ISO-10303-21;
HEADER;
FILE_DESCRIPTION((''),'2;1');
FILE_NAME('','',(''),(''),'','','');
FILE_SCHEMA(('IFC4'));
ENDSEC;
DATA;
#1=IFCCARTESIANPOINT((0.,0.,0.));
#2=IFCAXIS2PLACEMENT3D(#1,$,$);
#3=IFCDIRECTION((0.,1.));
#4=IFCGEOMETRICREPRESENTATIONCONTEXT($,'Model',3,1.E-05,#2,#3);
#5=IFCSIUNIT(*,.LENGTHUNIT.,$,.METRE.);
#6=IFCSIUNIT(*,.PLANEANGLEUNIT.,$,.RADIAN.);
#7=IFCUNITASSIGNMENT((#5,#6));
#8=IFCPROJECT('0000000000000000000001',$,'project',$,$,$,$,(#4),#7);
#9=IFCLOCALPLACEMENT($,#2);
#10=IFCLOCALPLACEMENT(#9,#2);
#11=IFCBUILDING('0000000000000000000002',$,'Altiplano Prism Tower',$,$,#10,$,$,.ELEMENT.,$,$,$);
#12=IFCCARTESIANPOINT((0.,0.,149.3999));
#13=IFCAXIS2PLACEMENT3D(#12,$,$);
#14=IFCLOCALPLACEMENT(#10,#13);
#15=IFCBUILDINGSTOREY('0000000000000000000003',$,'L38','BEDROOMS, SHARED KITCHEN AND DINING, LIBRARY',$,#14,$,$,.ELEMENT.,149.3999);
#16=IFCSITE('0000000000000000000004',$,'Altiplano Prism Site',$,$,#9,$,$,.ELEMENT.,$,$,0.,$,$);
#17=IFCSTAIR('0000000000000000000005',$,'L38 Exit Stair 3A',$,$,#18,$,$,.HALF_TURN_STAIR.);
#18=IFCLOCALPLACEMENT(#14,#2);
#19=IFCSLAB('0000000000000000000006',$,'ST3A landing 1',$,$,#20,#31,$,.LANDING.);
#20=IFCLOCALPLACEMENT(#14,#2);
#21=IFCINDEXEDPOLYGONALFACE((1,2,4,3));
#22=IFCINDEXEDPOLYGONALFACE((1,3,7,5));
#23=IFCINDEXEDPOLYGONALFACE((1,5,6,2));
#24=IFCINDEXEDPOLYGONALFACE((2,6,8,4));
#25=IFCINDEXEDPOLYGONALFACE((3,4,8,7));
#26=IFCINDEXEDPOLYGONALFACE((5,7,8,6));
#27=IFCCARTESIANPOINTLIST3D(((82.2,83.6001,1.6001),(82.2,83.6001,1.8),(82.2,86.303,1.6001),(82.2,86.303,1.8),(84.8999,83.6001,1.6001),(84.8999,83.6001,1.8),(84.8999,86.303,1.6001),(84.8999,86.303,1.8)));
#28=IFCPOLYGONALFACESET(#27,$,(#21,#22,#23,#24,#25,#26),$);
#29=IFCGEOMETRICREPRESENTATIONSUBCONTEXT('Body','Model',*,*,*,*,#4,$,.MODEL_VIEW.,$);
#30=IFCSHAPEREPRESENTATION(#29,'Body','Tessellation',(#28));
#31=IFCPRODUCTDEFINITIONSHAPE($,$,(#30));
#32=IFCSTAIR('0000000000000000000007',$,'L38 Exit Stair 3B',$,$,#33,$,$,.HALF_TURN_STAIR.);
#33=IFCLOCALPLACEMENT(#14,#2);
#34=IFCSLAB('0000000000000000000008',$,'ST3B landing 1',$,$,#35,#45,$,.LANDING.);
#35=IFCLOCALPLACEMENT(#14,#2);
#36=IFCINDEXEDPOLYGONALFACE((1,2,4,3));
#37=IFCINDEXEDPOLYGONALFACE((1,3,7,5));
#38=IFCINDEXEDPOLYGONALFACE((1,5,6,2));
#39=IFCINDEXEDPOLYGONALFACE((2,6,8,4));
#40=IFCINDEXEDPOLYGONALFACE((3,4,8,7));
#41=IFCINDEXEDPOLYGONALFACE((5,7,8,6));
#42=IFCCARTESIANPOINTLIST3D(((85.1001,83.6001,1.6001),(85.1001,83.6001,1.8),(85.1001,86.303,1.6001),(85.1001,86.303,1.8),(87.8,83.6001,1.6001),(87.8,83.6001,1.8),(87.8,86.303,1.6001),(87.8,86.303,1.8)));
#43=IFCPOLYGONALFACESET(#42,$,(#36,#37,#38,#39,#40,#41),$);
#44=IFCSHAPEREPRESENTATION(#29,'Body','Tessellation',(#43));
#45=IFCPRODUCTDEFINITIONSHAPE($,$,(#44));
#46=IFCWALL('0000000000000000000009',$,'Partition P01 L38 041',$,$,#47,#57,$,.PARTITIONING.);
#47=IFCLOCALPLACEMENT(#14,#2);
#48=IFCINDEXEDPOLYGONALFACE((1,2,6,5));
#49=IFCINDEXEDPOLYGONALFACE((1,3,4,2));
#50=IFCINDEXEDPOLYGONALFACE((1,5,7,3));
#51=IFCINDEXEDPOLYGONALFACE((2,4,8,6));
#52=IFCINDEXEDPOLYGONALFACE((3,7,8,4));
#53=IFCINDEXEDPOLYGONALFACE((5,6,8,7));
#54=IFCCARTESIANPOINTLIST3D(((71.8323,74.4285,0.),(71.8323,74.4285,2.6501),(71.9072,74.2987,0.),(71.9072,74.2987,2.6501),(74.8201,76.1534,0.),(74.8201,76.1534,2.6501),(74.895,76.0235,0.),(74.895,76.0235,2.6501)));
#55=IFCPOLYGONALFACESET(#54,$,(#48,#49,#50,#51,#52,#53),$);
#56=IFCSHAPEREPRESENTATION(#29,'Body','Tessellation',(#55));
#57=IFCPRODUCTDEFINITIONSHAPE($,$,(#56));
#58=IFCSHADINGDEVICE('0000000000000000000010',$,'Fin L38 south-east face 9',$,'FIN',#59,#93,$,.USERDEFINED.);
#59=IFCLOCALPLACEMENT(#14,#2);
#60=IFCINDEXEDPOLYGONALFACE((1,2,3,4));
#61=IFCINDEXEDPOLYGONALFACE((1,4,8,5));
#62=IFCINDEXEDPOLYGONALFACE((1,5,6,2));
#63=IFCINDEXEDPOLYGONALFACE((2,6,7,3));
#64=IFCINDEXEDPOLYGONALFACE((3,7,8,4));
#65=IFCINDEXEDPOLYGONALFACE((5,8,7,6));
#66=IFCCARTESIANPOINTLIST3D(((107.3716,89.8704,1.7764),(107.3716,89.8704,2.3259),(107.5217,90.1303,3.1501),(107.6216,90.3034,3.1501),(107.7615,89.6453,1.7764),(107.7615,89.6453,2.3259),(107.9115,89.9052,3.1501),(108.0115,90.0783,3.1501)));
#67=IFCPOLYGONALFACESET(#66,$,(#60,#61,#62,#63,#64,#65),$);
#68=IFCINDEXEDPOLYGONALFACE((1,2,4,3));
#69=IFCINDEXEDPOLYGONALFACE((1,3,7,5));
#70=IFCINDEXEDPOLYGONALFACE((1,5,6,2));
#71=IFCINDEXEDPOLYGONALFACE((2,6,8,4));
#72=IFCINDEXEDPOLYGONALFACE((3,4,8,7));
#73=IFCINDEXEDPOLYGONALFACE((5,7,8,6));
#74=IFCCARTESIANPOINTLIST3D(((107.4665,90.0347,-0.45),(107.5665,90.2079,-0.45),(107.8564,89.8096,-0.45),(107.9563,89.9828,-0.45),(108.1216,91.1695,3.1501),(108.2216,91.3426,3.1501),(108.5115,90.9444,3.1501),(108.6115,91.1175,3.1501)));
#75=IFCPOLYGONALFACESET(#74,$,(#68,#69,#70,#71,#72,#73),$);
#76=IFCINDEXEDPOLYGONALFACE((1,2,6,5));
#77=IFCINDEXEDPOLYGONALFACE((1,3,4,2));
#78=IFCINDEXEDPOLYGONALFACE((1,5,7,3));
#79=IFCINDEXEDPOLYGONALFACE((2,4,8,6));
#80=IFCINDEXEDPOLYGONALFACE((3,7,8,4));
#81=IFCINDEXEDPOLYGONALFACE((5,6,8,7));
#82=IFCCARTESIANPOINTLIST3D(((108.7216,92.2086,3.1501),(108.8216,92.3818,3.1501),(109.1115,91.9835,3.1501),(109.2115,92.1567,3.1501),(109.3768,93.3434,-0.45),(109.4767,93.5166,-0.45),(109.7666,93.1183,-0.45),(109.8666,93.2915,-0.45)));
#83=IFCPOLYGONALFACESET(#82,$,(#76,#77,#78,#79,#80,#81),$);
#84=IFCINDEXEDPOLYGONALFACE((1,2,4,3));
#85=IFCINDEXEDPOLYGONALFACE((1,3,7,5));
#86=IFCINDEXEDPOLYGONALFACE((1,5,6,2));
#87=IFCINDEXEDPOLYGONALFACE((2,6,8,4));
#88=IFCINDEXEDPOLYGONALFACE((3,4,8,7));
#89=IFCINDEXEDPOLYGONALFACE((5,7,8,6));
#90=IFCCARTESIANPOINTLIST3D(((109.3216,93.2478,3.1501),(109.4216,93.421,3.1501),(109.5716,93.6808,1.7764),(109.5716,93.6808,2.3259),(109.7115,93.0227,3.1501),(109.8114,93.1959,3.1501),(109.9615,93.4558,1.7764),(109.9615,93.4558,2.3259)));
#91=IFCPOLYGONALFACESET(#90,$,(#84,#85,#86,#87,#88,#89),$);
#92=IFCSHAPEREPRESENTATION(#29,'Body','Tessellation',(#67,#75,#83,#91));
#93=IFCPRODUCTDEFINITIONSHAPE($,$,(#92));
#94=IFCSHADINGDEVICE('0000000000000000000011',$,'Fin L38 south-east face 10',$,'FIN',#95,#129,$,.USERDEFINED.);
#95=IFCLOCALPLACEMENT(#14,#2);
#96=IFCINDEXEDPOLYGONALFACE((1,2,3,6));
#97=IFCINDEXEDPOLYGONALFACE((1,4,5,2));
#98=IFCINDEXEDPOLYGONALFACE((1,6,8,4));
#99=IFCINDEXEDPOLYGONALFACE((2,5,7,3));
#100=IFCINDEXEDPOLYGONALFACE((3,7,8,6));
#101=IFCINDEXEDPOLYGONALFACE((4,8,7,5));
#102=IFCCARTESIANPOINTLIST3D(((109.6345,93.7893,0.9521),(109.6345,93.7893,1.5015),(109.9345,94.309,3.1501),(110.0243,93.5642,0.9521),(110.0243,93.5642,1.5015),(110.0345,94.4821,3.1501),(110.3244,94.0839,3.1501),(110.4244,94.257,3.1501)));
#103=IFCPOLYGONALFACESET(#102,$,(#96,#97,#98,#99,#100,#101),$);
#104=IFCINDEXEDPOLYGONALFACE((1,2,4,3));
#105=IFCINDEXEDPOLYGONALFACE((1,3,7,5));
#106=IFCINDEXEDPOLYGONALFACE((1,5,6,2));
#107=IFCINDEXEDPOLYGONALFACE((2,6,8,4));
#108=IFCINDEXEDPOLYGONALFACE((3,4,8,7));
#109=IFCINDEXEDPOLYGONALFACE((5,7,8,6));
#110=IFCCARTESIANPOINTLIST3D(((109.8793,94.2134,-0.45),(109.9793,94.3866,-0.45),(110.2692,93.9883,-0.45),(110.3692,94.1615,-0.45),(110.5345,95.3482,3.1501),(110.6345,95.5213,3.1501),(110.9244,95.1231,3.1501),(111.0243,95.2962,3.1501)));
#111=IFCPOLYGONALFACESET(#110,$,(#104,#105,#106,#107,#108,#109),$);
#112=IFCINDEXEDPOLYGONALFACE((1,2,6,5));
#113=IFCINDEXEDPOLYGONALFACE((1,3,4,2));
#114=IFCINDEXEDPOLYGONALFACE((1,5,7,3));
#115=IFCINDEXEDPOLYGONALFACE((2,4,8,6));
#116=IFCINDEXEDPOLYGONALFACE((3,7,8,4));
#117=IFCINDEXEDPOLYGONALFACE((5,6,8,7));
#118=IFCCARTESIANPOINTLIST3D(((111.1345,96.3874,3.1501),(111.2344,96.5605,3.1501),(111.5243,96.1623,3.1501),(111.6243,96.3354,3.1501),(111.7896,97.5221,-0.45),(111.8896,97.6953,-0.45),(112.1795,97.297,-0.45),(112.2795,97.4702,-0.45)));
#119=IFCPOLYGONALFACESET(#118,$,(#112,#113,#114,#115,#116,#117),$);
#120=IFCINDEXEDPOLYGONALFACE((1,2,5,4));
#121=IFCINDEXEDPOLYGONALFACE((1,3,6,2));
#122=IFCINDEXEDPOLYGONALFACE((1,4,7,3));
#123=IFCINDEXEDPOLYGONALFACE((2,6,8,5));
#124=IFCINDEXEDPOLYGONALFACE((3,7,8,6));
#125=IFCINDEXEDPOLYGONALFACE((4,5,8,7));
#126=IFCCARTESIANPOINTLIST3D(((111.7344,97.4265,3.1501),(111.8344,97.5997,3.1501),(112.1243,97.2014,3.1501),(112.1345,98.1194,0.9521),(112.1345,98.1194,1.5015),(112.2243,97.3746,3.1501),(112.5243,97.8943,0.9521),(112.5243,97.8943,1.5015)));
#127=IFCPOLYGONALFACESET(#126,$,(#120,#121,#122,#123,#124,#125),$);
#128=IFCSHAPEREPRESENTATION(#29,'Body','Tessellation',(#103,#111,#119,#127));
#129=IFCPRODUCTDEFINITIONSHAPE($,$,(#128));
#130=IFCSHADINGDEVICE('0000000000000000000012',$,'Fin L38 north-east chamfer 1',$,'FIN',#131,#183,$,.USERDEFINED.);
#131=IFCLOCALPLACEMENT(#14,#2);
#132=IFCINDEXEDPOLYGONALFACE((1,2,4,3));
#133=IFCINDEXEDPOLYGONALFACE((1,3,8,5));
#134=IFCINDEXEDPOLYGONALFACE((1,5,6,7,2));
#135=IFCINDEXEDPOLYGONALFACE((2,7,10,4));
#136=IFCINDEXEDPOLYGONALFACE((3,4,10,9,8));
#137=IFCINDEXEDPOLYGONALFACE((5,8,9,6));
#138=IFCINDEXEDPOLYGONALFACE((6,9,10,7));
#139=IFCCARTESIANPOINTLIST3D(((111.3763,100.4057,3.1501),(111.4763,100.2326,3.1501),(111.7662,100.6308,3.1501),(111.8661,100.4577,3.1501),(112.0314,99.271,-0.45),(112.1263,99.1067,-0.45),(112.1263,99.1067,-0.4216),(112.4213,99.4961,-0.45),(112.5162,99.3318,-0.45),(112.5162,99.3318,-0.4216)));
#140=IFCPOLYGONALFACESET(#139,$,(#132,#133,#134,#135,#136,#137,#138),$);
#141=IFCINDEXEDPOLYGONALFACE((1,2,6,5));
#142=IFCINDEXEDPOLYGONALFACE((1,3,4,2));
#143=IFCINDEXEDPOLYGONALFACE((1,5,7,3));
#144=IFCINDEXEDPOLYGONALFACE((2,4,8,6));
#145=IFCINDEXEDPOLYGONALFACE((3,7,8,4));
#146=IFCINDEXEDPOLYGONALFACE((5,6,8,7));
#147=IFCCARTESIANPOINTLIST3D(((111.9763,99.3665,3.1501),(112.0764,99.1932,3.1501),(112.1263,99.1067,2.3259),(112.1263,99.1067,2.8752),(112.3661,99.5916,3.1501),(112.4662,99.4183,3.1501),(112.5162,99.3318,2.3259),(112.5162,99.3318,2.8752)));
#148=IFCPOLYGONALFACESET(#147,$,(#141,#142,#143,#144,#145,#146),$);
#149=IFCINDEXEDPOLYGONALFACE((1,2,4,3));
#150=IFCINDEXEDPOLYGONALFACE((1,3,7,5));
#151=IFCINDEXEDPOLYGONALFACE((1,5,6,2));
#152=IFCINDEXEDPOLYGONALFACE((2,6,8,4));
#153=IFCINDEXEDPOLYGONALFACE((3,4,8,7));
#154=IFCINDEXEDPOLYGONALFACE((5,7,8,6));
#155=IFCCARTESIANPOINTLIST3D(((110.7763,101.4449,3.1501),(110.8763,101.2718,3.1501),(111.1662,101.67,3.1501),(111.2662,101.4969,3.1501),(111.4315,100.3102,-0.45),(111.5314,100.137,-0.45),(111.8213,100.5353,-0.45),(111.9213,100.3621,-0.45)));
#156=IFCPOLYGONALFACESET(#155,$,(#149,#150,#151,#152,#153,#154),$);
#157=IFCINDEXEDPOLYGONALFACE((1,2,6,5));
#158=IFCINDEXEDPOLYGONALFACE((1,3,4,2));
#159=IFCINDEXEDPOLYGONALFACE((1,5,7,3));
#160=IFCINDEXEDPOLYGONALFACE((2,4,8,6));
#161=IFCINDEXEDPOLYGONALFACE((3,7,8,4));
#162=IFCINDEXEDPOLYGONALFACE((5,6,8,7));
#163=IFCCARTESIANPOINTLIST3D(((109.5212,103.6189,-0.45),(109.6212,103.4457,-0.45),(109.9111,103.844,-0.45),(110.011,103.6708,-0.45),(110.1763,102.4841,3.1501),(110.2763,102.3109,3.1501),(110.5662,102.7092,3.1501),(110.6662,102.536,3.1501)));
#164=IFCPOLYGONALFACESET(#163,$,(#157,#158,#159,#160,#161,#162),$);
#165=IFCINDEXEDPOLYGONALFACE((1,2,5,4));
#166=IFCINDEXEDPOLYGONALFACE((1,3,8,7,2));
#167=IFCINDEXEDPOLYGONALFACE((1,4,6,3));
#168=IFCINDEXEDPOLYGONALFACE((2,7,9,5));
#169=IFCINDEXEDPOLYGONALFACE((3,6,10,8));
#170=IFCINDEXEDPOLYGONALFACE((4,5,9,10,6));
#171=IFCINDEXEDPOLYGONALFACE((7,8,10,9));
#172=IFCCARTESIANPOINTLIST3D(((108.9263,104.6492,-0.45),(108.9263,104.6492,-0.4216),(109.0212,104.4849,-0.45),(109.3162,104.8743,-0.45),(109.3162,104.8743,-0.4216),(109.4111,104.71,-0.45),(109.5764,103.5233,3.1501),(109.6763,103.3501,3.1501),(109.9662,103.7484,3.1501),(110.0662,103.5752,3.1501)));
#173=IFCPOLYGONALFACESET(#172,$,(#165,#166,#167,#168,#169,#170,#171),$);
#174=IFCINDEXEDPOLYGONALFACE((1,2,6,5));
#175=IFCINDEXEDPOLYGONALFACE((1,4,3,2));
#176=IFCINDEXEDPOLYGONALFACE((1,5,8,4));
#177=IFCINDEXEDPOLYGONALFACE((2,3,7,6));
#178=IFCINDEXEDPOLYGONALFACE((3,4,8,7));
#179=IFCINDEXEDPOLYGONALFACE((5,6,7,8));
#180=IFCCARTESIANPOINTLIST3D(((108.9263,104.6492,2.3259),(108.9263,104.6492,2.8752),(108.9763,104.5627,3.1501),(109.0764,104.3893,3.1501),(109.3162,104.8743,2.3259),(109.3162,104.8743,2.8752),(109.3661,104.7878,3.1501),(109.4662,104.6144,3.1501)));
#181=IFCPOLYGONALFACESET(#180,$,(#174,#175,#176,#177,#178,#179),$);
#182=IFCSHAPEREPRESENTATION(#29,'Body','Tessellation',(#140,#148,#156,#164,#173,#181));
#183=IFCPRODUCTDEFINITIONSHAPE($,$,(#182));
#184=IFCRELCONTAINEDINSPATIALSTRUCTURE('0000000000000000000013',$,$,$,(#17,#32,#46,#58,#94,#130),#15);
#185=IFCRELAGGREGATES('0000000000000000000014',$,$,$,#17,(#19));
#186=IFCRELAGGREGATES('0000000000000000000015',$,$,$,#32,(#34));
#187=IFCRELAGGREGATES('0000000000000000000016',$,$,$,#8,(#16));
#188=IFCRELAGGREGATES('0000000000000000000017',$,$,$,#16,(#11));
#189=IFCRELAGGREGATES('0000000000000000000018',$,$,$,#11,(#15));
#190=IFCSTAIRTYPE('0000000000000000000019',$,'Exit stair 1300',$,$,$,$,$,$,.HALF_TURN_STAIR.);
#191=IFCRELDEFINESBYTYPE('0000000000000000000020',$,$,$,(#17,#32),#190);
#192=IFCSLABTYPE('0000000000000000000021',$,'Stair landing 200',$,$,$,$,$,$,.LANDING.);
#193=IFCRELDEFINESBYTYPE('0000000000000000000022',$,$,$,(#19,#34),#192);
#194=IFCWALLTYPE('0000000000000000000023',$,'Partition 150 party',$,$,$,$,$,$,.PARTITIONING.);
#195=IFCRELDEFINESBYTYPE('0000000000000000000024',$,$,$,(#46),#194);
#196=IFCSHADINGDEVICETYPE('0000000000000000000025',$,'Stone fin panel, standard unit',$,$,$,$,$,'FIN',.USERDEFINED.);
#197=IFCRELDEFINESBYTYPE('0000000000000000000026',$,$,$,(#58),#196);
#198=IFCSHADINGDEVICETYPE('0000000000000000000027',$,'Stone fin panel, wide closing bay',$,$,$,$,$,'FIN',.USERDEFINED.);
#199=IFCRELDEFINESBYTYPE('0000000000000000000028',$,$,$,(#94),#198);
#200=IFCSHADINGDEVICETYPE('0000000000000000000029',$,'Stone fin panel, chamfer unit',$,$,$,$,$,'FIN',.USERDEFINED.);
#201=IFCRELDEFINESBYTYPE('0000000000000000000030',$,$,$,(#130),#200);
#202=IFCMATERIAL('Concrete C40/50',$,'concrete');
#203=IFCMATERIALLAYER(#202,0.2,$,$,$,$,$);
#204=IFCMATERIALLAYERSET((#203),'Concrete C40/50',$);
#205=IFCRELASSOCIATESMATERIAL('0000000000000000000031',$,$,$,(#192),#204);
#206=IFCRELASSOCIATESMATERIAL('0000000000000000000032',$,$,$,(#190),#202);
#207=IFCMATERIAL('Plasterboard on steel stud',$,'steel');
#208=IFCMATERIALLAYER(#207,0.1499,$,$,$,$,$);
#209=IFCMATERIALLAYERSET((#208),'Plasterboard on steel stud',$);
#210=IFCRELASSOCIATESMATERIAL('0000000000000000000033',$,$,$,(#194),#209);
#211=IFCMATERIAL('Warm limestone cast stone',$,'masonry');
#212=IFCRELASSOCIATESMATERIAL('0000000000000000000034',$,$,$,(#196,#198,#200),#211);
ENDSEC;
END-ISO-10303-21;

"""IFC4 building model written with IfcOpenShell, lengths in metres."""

from ifc_helpers import new_model, si_unit, direction, frame, frame_2d, origin, place, context, subcontext, project, spatial, polyline, rectangle, outline, extrude, source, transform, mapped, material, layer, layer_set, type_object, element, aggregate, save


model = new_model("IFC4")

# Units and contexts
model_context = context("Model", 3, precision=1e-05, world=origin(), true_north=direction((0.0, 1.0)))
body_context = subcontext(model_context, "Body", "Model", "MODEL_VIEW")
ifc_project = project(units=[si_unit("LENGTHUNIT", "METRE"), si_unit("PLANEANGLEUNIT", "RADIAN")], contexts=[model_context])

# Site, building, storey
site_placement = place(None, origin())
site = spatial("IfcSite", under=ifc_project, at=site_placement, Name="Altiplano Prism Site", CompositionType="ELEMENT", RefElevation=0.0)
building_placement = place(site_placement, origin())
building = spatial("IfcBuilding", under=site, at=building_placement, Name="Altiplano Prism Tower", CompositionType="ELEMENT")
storey_placement = place(building_placement, frame((0.0, 0.0, 149.3999)))
storey = spatial("IfcBuildingStorey", under=building, at=storey_placement, Name="L38", Description="BEDROOMS, SHARED KITCHEN AND DINING, LIBRARY", CompositionType="ELEMENT", Elevation=149.3999)

# Shared definitions
ifc_material_1 = material(Name="Concrete C40/50", Category="concrete")

# Stairs, slabs
ifc_layer_1 = layer(ifc_material_1, 0.2)
ifc_layer_set_1 = layer_set([ifc_layer_1], Name="Concrete C40/50")
slab_type_1 = type_object("IfcSlabType", Name="Stair landing 200", PredefinedType="LANDING", material=ifc_layer_set_1)
stair_type_1 = type_object("IfcStairType", Name="Exit stair 1300", PredefinedType="HALF_TURN_STAIR", material=ifc_material_1)
stair_1_placement = place(storey_placement, origin())
stair_1 = element("IfcStair", 1, at=stair_1_placement, inside=storey, type_object=stair_type_1, Name="L38 Exit Stair 3A", PredefinedType="HALF_TURN_STAIR")
slab_1_placement = place(storey_placement, frame((0.0, 0.0, 1.6001)))
slab_1 = element("IfcSlab", 2, at=slab_1_placement, type_object=slab_type_1, Name="ST3A landing 1", PredefinedType="LANDING", context=body_context, shape_type="SweptSolid", body=[
    extrude(outline(polyline([(82.2, 86.303), (82.2, 83.6001), (84.8999, 83.6001), (84.8999, 86.303), (82.2, 86.303)])), origin(), (0.0, 0.0, 1.0), 0.2),
])
aggregate(stair_1, [slab_1])
stair_2_placement = place(storey_placement, origin())
stair_2 = element("IfcStair", 3, at=stair_2_placement, inside=storey, type_object=stair_type_1, Name="L38 Exit Stair 3B", PredefinedType="HALF_TURN_STAIR")
slab_2_placement = place(storey_placement, frame((0.0, 0.0, 1.6001)))
slab_2 = element("IfcSlab", 4, at=slab_2_placement, type_object=slab_type_1, Name="ST3B landing 1", PredefinedType="LANDING", context=body_context, shape_type="SweptSolid", body=[
    extrude(outline(polyline([(85.1001, 86.303), (85.1001, 83.6001), (87.8, 83.6001), (87.8, 86.303), (85.1001, 86.303)])), origin(), (0.0, 0.0, 1.0), 0.2),
])
aggregate(stair_2, [slab_2])

# Wall
ifc_material_2 = material(Name="Plasterboard on steel stud", Category="steel")
ifc_layer_2 = layer(ifc_material_2, 0.1499)
ifc_layer_set_2 = layer_set([ifc_layer_2], Name="Plasterboard on steel stud")
wall_type = type_object("IfcWallType", Name="Partition 150 party", PredefinedType="PARTITIONING", material=ifc_layer_set_2)
wall_placement = place(storey_placement, frame((71.8696, 74.3635, 0.0), z_axis=(0.0, 0.0, 1.0), x_axis=(0.866044, 0.499967, 0.0)))
element("IfcWall", 5, at=wall_placement, inside=storey, type_object=wall_type, Name="Partition P01 L38 041", PredefinedType="PARTITIONING", context=body_context, shape_type="SweptSolid", body=[
    extrude(rectangle(XDim=3.45, YDim=0.1499, at=frame_2d((1.7251, 0.0))), origin(), (0.0, 0.0, 1.0), 2.6501),
])

# Shading devices
ifc_material_3 = material(Name="Warm limestone cast stone", Category="masonry")
shading_device_type_1 = type_object("IfcShadingDeviceType", Name="Stone fin panel, standard unit", ElementType="FIN", PredefinedType="USERDEFINED", material=ifc_material_3)
shared_shape_1 = source(origin(), body_context, "Body", "SweptSolid", [
    extrude(outline(polyline([(-2.2, 2.2263), (-1.7, 3.6001), (-1.8999, 3.6001), (-2.2, 2.7759), (-2.2, 2.2263)])), frame((0.0, -0.1499, 0.0), z_axis=(0.0, -1.0, 0.0), x_axis=(1.0, 0.0, 0.0)), (0.0, 0.0, 1.0), 0.4502),
    extrude(outline(polyline([(-2.0103, 0.0), (-1.8103, 0.0), (-0.5, 3.6001), (-0.7, 3.6001), (-2.0103, 0.0)])), frame((0.0, -0.1499, 0.0), z_axis=(0.0, -1.0, 0.0), x_axis=(1.0, 0.0, 0.0)), (0.0, 0.0, 1.0), 0.4502),
    extrude(outline(polyline([(1.8103, 0.0), (2.0103, 0.0), (0.7, 3.6001), (0.5, 3.6001), (1.8103, 0.0)])), frame((0.0, -0.1499, 0.0), z_axis=(0.0, -1.0, 0.0), x_axis=(1.0, 0.0, 0.0)), (0.0, 0.0, 1.0), 0.4502),
    extrude(outline(polyline([(2.2, 2.7759), (1.8999, 3.6001), (1.7, 3.6001), (2.2, 2.2263), (2.2, 2.7759)])), frame((0.0, -0.1499, 0.0), z_axis=(0.0, -1.0, 0.0), x_axis=(1.0, 0.0, 0.0)), (0.0, 0.0, 1.0), 0.4502),
])
shading_device_1_placement = place(storey_placement, origin())
element("IfcShadingDevice", 6, at=shading_device_1_placement, inside=storey, type_object=shading_device_type_1, Name="Fin L38 south-east face 9", ObjectType="FIN", PredefinedType="USERDEFINED", context=body_context, shape_type="MappedRepresentation", body=[
    mapped(shared_shape_1, transform((108.3418, 91.8506, -0.45), x_axis=(0.5, 0.866025, 0.0), y_axis=(-0.866025, 0.5, 0.0), z_axis=(0.0, 0.0, 1.0))),
])
shading_device_type_2 = type_object("IfcShadingDeviceType", Name="Stone fin panel, wide closing bay", ElementType="FIN", PredefinedType="USERDEFINED", material=ifc_material_3)
shared_shape_2 = source(origin(), body_context, "Body", "SweptSolid", [
    extrude(outline(polyline([(-2.5, 1.4021), (-1.7, 3.6001), (-1.8999, 3.6001), (-2.5, 1.9514), (-2.5, 1.4021)])), frame((0.0, -0.1499, 0.0), z_axis=(0.0, -1.0, 0.0), x_axis=(1.0, 0.0, 0.0)), (0.0, 0.0, 1.0), 0.4502),
    extrude(outline(polyline([(-2.0103, 0.0), (-1.8103, 0.0), (-0.5, 3.6001), (-0.7, 3.6001), (-2.0103, 0.0)])), frame((0.0, -0.1499, 0.0), z_axis=(0.0, -1.0, 0.0), x_axis=(1.0, 0.0, 0.0)), (0.0, 0.0, 1.0), 0.4502),
    extrude(outline(polyline([(1.8103, 0.0), (2.0103, 0.0), (0.7, 3.6001), (0.5, 3.6001), (1.8103, 0.0)])), frame((0.0, -0.1499, 0.0), z_axis=(0.0, -1.0, 0.0), x_axis=(1.0, 0.0, 0.0)), (0.0, 0.0, 1.0), 0.4502),
    extrude(outline(polyline([(2.5, 1.9514), (1.8999, 3.6001), (1.7, 3.6001), (2.5, 1.4021), (2.5, 1.9514)])), frame((0.0, -0.1499, 0.0), z_axis=(0.0, -1.0, 0.0), x_axis=(1.0, 0.0, 0.0)), (0.0, 0.0, 1.0), 0.4502),
])
shading_device_2_placement = place(storey_placement, origin())
element("IfcShadingDevice", 7, at=shading_device_2_placement, inside=storey, type_object=shading_device_type_2, Name="Fin L38 south-east face 10", ObjectType="FIN", PredefinedType="USERDEFINED", context=body_context, shape_type="MappedRepresentation", body=[
    mapped(shared_shape_2, transform((110.7546, 96.0293, -0.45), x_axis=(0.5, 0.866025, 0.0), y_axis=(-0.866025, 0.5, 0.0), z_axis=(0.0, 0.0, 1.0))),
])
shading_device_type_3 = type_object("IfcShadingDeviceType", Name="Stone fin panel, chamfer unit", ElementType="FIN", PredefinedType="USERDEFINED", material=ifc_material_3)
shared_shape_3 = source(origin(), body_context, "Body", "SweptSolid", [
    extrude(outline(polyline([(-3.2, 0.0), (-3.0103, 0.0), (-1.7, 3.6001), (-1.8999, 3.6001), (-3.2, 0.0283), (-3.2, 0.0)])), frame((0.0, -0.1499, 0.0), z_axis=(0.0, -1.0, 0.0), x_axis=(1.0, 0.0, 0.0)), (0.0, 0.0, 1.0), 0.4502),
    extrude(outline(polyline([(-3.2, 2.7759), (-2.8999, 3.6001), (-3.1001, 3.6001), (-3.2, 3.3252), (-3.2, 2.7759)])), frame((0.0, -0.1499, 0.0), z_axis=(0.0, -1.0, 0.0), x_axis=(1.0, 0.0, 0.0)), (0.0, 0.0, 1.0), 0.4502),
    extrude(outline(polyline([(-2.0103, 0.0), (-1.8103, 0.0), (-0.5, 3.6001), (-0.7, 3.6001), (-2.0103, 0.0)])), frame((0.0, -0.1499, 0.0), z_axis=(0.0, -1.0, 0.0), x_axis=(1.0, 0.0, 0.0)), (0.0, 0.0, 1.0), 0.4502),
    extrude(outline(polyline([(1.8103, 0.0), (2.0103, 0.0), (0.7, 3.6001), (0.5, 3.6001), (1.8103, 0.0)])), frame((0.0, -0.1499, 0.0), z_axis=(0.0, -1.0, 0.0), x_axis=(1.0, 0.0, 0.0)), (0.0, 0.0, 1.0), 0.4502),
    extrude(outline(polyline([(3.0103, 0.0), (3.2, 0.0), (3.2, 0.0283), (1.8999, 3.6001), (1.7, 3.6001), (3.0103, 0.0)])), frame((0.0, -0.1499, 0.0), z_axis=(0.0, -1.0, 0.0), x_axis=(1.0, 0.0, 0.0)), (0.0, 0.0, 1.0), 0.4502),
    extrude(outline(polyline([(3.2, 3.3252), (3.1001, 3.6001), (2.8999, 3.6001), (3.2, 2.7759), (3.2, 3.3252)])), frame((0.0, -0.1499, 0.0), z_axis=(0.0, -1.0, 0.0), x_axis=(1.0, 0.0, 0.0)), (0.0, 0.0, 1.0), 0.4502),
])
shading_device_3_placement = place(storey_placement, origin())
element("IfcShadingDevice", 8, at=shading_device_3_placement, inside=storey, type_object=shading_device_type_3, Name="Fin L38 north-east chamfer 1", ObjectType="FIN", PredefinedType="USERDEFINED", context=body_context, shape_type="MappedRepresentation", body=[
    mapped(shared_shape_3, transform((110.3965, 101.803, -0.45), x_axis=(-0.5, 0.866025, 0.0), y_axis=(-0.866025, -0.5, 0.0), z_axis=(0.0, 0.0, 1.0))),
])

save(model, "model.ifc")
